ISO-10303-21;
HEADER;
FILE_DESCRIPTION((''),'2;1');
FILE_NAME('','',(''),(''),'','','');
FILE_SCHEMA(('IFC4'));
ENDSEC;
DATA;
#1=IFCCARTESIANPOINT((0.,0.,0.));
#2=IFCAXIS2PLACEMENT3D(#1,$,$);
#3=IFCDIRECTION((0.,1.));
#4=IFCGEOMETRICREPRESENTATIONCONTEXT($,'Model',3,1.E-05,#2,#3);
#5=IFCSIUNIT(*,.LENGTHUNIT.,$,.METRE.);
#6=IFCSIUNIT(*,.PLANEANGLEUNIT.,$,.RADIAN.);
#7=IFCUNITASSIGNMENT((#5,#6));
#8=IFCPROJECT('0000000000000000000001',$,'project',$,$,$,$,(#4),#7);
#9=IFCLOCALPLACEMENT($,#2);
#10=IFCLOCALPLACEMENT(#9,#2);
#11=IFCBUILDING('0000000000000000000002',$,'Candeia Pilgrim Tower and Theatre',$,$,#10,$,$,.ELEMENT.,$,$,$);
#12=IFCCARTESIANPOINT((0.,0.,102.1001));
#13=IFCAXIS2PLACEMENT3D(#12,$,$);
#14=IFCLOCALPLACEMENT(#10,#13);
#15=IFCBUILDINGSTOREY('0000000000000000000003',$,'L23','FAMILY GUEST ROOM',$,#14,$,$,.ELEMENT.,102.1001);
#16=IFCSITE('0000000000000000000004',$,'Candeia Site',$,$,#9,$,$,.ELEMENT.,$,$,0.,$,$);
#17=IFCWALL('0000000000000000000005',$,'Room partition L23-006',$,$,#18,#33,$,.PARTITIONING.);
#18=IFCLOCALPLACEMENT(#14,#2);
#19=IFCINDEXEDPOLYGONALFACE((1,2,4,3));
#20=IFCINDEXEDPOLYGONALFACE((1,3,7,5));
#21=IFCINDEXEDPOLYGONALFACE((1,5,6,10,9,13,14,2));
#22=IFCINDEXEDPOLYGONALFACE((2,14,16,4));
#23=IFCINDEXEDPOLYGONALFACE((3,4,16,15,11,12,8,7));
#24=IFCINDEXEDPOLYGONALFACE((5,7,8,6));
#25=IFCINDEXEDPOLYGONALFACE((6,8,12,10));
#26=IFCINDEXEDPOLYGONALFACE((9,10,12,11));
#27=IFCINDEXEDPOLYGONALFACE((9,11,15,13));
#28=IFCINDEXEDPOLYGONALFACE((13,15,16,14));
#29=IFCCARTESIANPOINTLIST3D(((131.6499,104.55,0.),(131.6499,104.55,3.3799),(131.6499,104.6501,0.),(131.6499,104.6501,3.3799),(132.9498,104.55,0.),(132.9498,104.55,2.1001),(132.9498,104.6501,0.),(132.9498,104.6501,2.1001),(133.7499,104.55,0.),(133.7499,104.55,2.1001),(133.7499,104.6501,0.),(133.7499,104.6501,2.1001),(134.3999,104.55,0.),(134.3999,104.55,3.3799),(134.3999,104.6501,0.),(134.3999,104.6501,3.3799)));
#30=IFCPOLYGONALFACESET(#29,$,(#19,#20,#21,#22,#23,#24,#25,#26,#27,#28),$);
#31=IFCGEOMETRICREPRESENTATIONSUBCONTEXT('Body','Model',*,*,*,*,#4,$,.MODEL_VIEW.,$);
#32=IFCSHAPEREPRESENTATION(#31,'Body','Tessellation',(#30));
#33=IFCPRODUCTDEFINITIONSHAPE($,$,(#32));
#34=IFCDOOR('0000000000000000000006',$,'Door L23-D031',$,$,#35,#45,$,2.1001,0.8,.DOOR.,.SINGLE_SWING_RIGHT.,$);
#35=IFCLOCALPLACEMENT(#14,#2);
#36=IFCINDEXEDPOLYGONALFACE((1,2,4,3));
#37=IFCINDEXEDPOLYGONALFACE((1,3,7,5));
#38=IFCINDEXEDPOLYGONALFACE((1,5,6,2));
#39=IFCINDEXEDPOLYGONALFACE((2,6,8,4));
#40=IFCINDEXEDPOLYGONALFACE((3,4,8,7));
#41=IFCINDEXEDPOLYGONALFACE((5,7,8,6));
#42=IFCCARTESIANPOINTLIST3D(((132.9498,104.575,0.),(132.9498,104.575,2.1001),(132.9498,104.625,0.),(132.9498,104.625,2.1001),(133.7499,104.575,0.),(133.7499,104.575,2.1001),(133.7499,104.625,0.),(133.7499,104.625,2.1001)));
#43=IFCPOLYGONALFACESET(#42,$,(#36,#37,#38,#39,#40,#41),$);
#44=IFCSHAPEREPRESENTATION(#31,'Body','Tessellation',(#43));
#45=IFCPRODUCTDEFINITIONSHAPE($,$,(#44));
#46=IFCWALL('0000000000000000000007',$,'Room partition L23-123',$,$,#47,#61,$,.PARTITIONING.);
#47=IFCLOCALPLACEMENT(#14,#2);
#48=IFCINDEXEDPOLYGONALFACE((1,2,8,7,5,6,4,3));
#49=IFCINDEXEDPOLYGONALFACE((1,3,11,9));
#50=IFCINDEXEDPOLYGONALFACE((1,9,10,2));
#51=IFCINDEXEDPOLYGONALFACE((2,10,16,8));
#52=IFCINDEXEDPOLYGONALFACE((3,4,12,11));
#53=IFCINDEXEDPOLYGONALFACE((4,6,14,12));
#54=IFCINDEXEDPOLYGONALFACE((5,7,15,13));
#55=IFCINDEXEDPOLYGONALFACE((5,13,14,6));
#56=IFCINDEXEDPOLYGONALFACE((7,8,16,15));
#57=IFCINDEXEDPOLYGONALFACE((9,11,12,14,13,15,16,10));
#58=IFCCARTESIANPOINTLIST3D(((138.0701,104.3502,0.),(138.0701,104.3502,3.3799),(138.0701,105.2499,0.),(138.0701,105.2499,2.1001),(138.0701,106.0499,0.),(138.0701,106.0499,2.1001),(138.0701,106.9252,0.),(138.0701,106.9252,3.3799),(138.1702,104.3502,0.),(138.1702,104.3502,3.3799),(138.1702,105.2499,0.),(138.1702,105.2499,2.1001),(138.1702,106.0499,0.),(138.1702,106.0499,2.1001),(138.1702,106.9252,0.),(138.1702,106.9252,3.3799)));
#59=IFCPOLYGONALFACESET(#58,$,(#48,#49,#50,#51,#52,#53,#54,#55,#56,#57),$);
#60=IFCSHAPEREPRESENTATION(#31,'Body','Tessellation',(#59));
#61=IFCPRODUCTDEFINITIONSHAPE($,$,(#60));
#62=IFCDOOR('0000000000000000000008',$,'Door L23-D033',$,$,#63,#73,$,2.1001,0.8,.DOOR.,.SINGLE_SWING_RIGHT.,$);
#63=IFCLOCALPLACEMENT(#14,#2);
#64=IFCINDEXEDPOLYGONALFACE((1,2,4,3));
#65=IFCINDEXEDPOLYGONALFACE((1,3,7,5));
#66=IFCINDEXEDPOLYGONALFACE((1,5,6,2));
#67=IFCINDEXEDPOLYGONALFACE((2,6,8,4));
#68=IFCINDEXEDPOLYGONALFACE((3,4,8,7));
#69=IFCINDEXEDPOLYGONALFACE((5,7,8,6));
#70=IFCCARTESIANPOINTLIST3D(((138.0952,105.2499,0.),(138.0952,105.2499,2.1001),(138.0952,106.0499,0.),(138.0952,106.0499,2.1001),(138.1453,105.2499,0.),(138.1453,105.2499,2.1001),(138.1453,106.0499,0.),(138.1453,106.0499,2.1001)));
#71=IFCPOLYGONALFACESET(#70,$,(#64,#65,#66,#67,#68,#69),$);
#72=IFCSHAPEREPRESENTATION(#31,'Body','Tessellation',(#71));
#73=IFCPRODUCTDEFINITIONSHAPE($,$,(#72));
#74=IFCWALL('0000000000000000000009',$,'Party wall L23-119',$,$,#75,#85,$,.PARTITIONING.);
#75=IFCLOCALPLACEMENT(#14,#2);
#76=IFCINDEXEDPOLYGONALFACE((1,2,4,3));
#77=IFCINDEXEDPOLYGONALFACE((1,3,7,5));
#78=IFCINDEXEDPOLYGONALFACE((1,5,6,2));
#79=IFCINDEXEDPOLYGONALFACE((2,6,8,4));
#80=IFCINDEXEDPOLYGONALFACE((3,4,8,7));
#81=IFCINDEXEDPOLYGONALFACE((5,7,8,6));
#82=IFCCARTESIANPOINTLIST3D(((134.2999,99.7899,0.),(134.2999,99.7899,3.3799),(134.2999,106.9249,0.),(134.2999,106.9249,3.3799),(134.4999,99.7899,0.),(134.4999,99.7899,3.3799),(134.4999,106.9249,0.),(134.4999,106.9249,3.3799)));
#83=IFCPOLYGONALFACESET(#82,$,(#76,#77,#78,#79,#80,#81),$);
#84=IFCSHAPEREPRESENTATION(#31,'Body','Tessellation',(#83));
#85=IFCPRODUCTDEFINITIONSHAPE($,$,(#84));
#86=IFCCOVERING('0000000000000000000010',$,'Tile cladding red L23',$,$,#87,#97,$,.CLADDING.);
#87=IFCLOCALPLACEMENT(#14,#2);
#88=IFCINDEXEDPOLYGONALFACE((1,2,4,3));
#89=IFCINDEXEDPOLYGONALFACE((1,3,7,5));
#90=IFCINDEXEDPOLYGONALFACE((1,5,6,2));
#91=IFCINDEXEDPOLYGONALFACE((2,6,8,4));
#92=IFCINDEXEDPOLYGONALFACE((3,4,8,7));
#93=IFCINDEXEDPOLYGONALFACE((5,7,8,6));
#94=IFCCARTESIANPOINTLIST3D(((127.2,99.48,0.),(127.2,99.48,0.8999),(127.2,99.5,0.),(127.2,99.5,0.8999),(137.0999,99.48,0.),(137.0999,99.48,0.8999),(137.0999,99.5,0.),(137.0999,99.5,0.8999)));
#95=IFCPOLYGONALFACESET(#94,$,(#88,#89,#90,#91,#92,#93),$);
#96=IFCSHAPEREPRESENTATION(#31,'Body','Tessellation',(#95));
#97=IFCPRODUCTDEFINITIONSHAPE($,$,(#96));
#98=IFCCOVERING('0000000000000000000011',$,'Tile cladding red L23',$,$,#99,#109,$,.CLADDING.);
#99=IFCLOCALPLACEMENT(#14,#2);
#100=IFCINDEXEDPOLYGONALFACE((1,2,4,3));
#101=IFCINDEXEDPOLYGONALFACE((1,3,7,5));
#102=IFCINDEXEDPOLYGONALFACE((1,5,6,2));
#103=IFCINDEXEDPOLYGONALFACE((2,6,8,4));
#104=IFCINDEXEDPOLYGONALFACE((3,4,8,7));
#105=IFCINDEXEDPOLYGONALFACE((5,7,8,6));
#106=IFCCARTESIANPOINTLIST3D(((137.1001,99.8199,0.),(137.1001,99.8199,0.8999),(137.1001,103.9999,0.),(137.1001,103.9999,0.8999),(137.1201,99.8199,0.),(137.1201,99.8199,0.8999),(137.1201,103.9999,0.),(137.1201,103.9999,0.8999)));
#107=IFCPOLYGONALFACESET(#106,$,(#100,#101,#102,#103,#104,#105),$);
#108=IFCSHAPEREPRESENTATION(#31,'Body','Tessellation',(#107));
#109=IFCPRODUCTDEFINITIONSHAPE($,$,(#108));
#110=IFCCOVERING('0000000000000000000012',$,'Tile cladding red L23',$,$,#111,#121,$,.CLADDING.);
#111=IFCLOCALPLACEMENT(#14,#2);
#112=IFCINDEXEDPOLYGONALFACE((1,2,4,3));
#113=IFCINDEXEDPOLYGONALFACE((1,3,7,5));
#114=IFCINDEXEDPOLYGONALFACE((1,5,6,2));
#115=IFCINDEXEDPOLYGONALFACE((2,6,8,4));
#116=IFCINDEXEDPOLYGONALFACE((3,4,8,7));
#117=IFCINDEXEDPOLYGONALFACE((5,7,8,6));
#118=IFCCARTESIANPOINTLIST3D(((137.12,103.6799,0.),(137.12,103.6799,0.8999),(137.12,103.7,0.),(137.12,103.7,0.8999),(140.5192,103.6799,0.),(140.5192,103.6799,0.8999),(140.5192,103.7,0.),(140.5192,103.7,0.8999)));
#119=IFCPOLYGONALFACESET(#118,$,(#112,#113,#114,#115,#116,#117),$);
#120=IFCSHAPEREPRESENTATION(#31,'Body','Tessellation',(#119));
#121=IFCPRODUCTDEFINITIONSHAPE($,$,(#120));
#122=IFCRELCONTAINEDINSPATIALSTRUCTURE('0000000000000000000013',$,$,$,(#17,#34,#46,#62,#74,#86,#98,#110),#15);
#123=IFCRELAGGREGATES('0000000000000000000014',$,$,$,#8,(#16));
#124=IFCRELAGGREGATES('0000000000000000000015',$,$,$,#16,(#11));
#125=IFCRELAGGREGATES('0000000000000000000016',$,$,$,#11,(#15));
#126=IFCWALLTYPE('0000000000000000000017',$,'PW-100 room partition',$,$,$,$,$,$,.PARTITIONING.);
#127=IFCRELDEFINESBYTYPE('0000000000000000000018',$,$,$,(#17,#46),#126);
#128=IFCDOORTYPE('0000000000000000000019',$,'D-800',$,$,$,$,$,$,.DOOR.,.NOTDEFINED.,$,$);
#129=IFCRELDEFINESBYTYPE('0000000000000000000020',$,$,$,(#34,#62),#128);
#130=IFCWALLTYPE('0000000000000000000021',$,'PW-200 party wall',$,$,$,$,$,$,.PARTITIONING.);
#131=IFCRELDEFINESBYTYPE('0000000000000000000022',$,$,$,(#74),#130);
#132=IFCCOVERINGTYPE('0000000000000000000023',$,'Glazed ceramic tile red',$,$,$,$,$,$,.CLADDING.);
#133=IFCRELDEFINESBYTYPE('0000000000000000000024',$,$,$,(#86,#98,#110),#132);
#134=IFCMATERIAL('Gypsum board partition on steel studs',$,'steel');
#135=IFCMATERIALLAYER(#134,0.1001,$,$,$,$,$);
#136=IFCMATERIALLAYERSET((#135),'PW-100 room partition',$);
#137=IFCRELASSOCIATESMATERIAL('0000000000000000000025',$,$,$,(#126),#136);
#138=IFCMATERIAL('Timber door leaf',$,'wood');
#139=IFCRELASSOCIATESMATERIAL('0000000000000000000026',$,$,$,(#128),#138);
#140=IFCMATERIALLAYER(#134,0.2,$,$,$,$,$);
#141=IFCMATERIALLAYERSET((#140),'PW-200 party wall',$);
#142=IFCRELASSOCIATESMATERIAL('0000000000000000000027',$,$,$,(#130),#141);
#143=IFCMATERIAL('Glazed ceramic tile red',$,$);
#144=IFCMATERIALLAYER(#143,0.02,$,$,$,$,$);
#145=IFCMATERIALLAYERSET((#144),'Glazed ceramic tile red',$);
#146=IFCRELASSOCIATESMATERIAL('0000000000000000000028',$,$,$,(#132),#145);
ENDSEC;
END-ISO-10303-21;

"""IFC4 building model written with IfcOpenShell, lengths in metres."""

from ifc_helpers import new_model, si_unit, direction, frame, frame_2d, origin, origin_2d, place, context, subcontext, project, spatial, rectangle, extrude, material, layer, layer_set, type_object, element, fill, save


model = new_model("IFC4")

# Units and contexts
model_context = context("Model", 3, precision=1e-05, world=origin(), true_north=direction((0.0, 1.0)))
body_context = subcontext(model_context, "Body", "Model", "MODEL_VIEW")
ifc_project = project(units=[si_unit("LENGTHUNIT", "METRE"), si_unit("PLANEANGLEUNIT", "RADIAN")], contexts=[model_context])

# Site, building, storey
site_placement = place(None, origin())
site = spatial("IfcSite", under=ifc_project, at=site_placement, Name="Candeia Site", CompositionType="ELEMENT", RefElevation=0.0)
building_placement = place(site_placement, origin())
building = spatial("IfcBuilding", under=site, at=building_placement, Name="Candeia Pilgrim Tower and Theatre", CompositionType="ELEMENT")
storey_placement = place(building_placement, frame((0.0, 0.0, 102.1001)))
storey = spatial("IfcBuildingStorey", under=building, at=storey_placement, Name="L23", Description="FAMILY GUEST ROOM", CompositionType="ELEMENT", Elevation=102.1001)

# Shared definitions
ifc_material_1 = material(Name="Gypsum board partition on steel studs", Category="steel")
ifc_layer_1 = layer(ifc_material_1, 0.1001)
ifc_layer_set_1 = layer_set([ifc_layer_1], Name="PW-100 room partition")
wall_type_1 = type_object("IfcWallType", Name="PW-100 room partition", PredefinedType="PARTITIONING", material=ifc_layer_set_1)

# Walls, openings, doors
wall_1_placement = place(storey_placement, frame((131.6499, 104.6001, 0.0), z_axis=(0.0, 0.0, 1.0), x_axis=(1.0, 0.0, 0.0)))
wall_1 = element("IfcWall", 1, at=wall_1_placement, inside=storey, type_object=wall_type_1, Name="Room partition L23-006", PredefinedType="PARTITIONING", context=body_context, shape_type="SweptSolid", body=[
    extrude(rectangle(XDim=2.75, YDim=0.1001, at=frame_2d((1.375, 0.0))), origin(), (0.0, 0.0, 1.0), 3.3799),
])
opening_1_placement = place(wall_1_placement, frame((1.3, 0.0, 0.0)))
opening_1 = element("IfcOpeningElement", 2, at=opening_1_placement, cuts=wall_1, PredefinedType="OPENING", context=body_context, shape_type="SweptSolid", body=[
    extrude(rectangle(XDim=0.8, YDim=2.1001, at=frame_2d((0.3999, 1.05))), frame((0.0, 0.0601, 0.0), z_axis=(0.0, -1.0, 0.0), x_axis=(1.0, 0.0, 0.0)), (0.0, 0.0, 1.0), 0.1201),
])
ifc_material_2 = material(Name="Timber door leaf", Category="wood")
door_type_1 = type_object("IfcDoorType", Name="D-800", OperationType="NOTDEFINED", PredefinedType="DOOR", material=ifc_material_2)
door_1_placement = place(opening_1_placement, origin())
door_1 = element("IfcDoor", 3, at=door_1_placement, inside=storey, type_object=door_type_1, Name="Door L23-D031", OperationType="SINGLE_SWING_RIGHT", OverallHeight=2.1001, OverallWidth=0.8, PredefinedType="DOOR", context=body_context, shape_type="SweptSolid", body=[
    extrude(rectangle(XDim=0.8, YDim=2.1001, at=frame_2d((0.3999, 1.05))), frame((0.0, 0.0249, 0.0), z_axis=(0.0, -1.0, 0.0), x_axis=(1.0, 0.0, 0.0)), (0.0, 0.0, 1.0), 0.05),
])
fill(opening_1, door_1)
wall_2_placement = place(storey_placement, frame((138.1201, 104.3501, 0.0), z_axis=(0.0, 0.0, 1.0), x_axis=(0.0, 1.0, 0.0)))
wall_2 = element("IfcWall", 4, at=wall_2_placement, inside=storey, type_object=wall_type_1, Name="Room partition L23-123", PredefinedType="PARTITIONING", context=body_context, shape_type="SweptSolid", body=[
    extrude(rectangle(XDim=2.575, YDim=0.1001, at=frame_2d((1.2876, 0.0))), origin(), (0.0, 0.0, 1.0), 3.3799),
])
opening_2_placement = place(wall_2_placement, frame((0.8999, 0.0, 0.0)))
opening_2 = element("IfcOpeningElement", 5, at=opening_2_placement, cuts=wall_2, PredefinedType="OPENING", context=body_context, shape_type="SweptSolid", body=[
    extrude(rectangle(XDim=0.8, YDim=2.1001, at=frame_2d((0.3999, 1.05))), frame((0.0, 0.0601, 0.0), z_axis=(0.0, -1.0, 0.0), x_axis=(1.0, 0.0, 0.0)), (0.0, 0.0, 1.0), 0.1201),
])
door_2_placement = place(opening_2_placement, origin())
door_2 = element("IfcDoor", 6, at=door_2_placement, inside=storey, type_object=door_type_1, Name="Door L23-D033", OperationType="SINGLE_SWING_RIGHT", OverallHeight=2.1001, OverallWidth=0.8, PredefinedType="DOOR", context=body_context, shape_type="SweptSolid", body=[
    extrude(rectangle(XDim=0.8, YDim=2.1001, at=frame_2d((0.3999, 1.05))), frame((0.0, 0.0249, 0.0), z_axis=(0.0, -1.0, 0.0), x_axis=(1.0, 0.0, 0.0)), (0.0, 0.0, 1.0), 0.05),
])
fill(opening_2, door_2)

# Wall
ifc_layer_2 = layer(ifc_material_1, 0.2)
ifc_layer_set_2 = layer_set([ifc_layer_2], Name="PW-200 party wall")
wall_type_2 = type_object("IfcWallType", Name="PW-200 party wall", PredefinedType="PARTITIONING", material=ifc_layer_set_2)
wall_3_placement = place(storey_placement, frame((134.3999, 99.79, 0.0), z_axis=(0.0, 0.0, 1.0), x_axis=(0.0, 1.0, 0.0)))
element("IfcWall", 7, at=wall_3_placement, inside=storey, type_object=wall_type_2, Name="Party wall L23-119", PredefinedType="PARTITIONING", context=body_context, shape_type="SweptSolid", body=[
    extrude(rectangle(XDim=7.135, YDim=0.2, at=frame_2d((3.5674, 0.0))), origin(), (0.0, 0.0, 1.0), 3.3799),
])

# Coverings
ifc_material_3 = material(Name="Glazed ceramic tile red")
ifc_layer_3 = layer(ifc_material_3, 0.02)
ifc_layer_set_3 = layer_set([ifc_layer_3], Name="Glazed ceramic tile red")
covering_type = type_object("IfcCoveringType", Name="Glazed ceramic tile red", PredefinedType="CLADDING", material=ifc_layer_set_3)
covering_1_placement = place(storey_placement, frame((132.1499, 99.49, 0.0), z_axis=(0.0, 0.0, 1.0), x_axis=(1.0, 0.0, 0.0)))
element("IfcCovering", 8, at=covering_1_placement, inside=storey, type_object=covering_type, Name="Tile cladding red L23", PredefinedType="CLADDING", context=body_context, shape_type="SweptSolid", body=[
    extrude(rectangle(XDim=9.8999, YDim=0.02, at=origin_2d()), origin(), (0.0, 0.0, 1.0), 0.8999),
])
covering_2_placement = place(storey_placement, frame((137.1101, 101.9099, 0.0), z_axis=(0.0, 0.0, 1.0), x_axis=(0.0, 1.0, 0.0)))
element("IfcCovering", 9, at=covering_2_placement, inside=storey, type_object=covering_type, Name="Tile cladding red L23", PredefinedType="CLADDING", context=body_context, shape_type="SweptSolid", body=[
    extrude(rectangle(XDim=4.1799, YDim=0.02, at=origin_2d()), origin(), (0.0, 0.0, 1.0), 0.8999),
])
covering_3_placement = place(storey_placement, frame((138.8196, 103.6899, 0.0), z_axis=(0.0, 0.0, 1.0), x_axis=(1.0, 0.0, 0.0)))
element("IfcCovering", 10, at=covering_3_placement, inside=storey, type_object=covering_type, Name="Tile cladding red L23", PredefinedType="CLADDING", context=body_context, shape_type="SweptSolid", body=[
    extrude(rectangle(XDim=3.3992, YDim=0.02, at=origin_2d()), origin(), (0.0, 0.0, 1.0), 0.8999),
])

save(model, "model.ifc")
